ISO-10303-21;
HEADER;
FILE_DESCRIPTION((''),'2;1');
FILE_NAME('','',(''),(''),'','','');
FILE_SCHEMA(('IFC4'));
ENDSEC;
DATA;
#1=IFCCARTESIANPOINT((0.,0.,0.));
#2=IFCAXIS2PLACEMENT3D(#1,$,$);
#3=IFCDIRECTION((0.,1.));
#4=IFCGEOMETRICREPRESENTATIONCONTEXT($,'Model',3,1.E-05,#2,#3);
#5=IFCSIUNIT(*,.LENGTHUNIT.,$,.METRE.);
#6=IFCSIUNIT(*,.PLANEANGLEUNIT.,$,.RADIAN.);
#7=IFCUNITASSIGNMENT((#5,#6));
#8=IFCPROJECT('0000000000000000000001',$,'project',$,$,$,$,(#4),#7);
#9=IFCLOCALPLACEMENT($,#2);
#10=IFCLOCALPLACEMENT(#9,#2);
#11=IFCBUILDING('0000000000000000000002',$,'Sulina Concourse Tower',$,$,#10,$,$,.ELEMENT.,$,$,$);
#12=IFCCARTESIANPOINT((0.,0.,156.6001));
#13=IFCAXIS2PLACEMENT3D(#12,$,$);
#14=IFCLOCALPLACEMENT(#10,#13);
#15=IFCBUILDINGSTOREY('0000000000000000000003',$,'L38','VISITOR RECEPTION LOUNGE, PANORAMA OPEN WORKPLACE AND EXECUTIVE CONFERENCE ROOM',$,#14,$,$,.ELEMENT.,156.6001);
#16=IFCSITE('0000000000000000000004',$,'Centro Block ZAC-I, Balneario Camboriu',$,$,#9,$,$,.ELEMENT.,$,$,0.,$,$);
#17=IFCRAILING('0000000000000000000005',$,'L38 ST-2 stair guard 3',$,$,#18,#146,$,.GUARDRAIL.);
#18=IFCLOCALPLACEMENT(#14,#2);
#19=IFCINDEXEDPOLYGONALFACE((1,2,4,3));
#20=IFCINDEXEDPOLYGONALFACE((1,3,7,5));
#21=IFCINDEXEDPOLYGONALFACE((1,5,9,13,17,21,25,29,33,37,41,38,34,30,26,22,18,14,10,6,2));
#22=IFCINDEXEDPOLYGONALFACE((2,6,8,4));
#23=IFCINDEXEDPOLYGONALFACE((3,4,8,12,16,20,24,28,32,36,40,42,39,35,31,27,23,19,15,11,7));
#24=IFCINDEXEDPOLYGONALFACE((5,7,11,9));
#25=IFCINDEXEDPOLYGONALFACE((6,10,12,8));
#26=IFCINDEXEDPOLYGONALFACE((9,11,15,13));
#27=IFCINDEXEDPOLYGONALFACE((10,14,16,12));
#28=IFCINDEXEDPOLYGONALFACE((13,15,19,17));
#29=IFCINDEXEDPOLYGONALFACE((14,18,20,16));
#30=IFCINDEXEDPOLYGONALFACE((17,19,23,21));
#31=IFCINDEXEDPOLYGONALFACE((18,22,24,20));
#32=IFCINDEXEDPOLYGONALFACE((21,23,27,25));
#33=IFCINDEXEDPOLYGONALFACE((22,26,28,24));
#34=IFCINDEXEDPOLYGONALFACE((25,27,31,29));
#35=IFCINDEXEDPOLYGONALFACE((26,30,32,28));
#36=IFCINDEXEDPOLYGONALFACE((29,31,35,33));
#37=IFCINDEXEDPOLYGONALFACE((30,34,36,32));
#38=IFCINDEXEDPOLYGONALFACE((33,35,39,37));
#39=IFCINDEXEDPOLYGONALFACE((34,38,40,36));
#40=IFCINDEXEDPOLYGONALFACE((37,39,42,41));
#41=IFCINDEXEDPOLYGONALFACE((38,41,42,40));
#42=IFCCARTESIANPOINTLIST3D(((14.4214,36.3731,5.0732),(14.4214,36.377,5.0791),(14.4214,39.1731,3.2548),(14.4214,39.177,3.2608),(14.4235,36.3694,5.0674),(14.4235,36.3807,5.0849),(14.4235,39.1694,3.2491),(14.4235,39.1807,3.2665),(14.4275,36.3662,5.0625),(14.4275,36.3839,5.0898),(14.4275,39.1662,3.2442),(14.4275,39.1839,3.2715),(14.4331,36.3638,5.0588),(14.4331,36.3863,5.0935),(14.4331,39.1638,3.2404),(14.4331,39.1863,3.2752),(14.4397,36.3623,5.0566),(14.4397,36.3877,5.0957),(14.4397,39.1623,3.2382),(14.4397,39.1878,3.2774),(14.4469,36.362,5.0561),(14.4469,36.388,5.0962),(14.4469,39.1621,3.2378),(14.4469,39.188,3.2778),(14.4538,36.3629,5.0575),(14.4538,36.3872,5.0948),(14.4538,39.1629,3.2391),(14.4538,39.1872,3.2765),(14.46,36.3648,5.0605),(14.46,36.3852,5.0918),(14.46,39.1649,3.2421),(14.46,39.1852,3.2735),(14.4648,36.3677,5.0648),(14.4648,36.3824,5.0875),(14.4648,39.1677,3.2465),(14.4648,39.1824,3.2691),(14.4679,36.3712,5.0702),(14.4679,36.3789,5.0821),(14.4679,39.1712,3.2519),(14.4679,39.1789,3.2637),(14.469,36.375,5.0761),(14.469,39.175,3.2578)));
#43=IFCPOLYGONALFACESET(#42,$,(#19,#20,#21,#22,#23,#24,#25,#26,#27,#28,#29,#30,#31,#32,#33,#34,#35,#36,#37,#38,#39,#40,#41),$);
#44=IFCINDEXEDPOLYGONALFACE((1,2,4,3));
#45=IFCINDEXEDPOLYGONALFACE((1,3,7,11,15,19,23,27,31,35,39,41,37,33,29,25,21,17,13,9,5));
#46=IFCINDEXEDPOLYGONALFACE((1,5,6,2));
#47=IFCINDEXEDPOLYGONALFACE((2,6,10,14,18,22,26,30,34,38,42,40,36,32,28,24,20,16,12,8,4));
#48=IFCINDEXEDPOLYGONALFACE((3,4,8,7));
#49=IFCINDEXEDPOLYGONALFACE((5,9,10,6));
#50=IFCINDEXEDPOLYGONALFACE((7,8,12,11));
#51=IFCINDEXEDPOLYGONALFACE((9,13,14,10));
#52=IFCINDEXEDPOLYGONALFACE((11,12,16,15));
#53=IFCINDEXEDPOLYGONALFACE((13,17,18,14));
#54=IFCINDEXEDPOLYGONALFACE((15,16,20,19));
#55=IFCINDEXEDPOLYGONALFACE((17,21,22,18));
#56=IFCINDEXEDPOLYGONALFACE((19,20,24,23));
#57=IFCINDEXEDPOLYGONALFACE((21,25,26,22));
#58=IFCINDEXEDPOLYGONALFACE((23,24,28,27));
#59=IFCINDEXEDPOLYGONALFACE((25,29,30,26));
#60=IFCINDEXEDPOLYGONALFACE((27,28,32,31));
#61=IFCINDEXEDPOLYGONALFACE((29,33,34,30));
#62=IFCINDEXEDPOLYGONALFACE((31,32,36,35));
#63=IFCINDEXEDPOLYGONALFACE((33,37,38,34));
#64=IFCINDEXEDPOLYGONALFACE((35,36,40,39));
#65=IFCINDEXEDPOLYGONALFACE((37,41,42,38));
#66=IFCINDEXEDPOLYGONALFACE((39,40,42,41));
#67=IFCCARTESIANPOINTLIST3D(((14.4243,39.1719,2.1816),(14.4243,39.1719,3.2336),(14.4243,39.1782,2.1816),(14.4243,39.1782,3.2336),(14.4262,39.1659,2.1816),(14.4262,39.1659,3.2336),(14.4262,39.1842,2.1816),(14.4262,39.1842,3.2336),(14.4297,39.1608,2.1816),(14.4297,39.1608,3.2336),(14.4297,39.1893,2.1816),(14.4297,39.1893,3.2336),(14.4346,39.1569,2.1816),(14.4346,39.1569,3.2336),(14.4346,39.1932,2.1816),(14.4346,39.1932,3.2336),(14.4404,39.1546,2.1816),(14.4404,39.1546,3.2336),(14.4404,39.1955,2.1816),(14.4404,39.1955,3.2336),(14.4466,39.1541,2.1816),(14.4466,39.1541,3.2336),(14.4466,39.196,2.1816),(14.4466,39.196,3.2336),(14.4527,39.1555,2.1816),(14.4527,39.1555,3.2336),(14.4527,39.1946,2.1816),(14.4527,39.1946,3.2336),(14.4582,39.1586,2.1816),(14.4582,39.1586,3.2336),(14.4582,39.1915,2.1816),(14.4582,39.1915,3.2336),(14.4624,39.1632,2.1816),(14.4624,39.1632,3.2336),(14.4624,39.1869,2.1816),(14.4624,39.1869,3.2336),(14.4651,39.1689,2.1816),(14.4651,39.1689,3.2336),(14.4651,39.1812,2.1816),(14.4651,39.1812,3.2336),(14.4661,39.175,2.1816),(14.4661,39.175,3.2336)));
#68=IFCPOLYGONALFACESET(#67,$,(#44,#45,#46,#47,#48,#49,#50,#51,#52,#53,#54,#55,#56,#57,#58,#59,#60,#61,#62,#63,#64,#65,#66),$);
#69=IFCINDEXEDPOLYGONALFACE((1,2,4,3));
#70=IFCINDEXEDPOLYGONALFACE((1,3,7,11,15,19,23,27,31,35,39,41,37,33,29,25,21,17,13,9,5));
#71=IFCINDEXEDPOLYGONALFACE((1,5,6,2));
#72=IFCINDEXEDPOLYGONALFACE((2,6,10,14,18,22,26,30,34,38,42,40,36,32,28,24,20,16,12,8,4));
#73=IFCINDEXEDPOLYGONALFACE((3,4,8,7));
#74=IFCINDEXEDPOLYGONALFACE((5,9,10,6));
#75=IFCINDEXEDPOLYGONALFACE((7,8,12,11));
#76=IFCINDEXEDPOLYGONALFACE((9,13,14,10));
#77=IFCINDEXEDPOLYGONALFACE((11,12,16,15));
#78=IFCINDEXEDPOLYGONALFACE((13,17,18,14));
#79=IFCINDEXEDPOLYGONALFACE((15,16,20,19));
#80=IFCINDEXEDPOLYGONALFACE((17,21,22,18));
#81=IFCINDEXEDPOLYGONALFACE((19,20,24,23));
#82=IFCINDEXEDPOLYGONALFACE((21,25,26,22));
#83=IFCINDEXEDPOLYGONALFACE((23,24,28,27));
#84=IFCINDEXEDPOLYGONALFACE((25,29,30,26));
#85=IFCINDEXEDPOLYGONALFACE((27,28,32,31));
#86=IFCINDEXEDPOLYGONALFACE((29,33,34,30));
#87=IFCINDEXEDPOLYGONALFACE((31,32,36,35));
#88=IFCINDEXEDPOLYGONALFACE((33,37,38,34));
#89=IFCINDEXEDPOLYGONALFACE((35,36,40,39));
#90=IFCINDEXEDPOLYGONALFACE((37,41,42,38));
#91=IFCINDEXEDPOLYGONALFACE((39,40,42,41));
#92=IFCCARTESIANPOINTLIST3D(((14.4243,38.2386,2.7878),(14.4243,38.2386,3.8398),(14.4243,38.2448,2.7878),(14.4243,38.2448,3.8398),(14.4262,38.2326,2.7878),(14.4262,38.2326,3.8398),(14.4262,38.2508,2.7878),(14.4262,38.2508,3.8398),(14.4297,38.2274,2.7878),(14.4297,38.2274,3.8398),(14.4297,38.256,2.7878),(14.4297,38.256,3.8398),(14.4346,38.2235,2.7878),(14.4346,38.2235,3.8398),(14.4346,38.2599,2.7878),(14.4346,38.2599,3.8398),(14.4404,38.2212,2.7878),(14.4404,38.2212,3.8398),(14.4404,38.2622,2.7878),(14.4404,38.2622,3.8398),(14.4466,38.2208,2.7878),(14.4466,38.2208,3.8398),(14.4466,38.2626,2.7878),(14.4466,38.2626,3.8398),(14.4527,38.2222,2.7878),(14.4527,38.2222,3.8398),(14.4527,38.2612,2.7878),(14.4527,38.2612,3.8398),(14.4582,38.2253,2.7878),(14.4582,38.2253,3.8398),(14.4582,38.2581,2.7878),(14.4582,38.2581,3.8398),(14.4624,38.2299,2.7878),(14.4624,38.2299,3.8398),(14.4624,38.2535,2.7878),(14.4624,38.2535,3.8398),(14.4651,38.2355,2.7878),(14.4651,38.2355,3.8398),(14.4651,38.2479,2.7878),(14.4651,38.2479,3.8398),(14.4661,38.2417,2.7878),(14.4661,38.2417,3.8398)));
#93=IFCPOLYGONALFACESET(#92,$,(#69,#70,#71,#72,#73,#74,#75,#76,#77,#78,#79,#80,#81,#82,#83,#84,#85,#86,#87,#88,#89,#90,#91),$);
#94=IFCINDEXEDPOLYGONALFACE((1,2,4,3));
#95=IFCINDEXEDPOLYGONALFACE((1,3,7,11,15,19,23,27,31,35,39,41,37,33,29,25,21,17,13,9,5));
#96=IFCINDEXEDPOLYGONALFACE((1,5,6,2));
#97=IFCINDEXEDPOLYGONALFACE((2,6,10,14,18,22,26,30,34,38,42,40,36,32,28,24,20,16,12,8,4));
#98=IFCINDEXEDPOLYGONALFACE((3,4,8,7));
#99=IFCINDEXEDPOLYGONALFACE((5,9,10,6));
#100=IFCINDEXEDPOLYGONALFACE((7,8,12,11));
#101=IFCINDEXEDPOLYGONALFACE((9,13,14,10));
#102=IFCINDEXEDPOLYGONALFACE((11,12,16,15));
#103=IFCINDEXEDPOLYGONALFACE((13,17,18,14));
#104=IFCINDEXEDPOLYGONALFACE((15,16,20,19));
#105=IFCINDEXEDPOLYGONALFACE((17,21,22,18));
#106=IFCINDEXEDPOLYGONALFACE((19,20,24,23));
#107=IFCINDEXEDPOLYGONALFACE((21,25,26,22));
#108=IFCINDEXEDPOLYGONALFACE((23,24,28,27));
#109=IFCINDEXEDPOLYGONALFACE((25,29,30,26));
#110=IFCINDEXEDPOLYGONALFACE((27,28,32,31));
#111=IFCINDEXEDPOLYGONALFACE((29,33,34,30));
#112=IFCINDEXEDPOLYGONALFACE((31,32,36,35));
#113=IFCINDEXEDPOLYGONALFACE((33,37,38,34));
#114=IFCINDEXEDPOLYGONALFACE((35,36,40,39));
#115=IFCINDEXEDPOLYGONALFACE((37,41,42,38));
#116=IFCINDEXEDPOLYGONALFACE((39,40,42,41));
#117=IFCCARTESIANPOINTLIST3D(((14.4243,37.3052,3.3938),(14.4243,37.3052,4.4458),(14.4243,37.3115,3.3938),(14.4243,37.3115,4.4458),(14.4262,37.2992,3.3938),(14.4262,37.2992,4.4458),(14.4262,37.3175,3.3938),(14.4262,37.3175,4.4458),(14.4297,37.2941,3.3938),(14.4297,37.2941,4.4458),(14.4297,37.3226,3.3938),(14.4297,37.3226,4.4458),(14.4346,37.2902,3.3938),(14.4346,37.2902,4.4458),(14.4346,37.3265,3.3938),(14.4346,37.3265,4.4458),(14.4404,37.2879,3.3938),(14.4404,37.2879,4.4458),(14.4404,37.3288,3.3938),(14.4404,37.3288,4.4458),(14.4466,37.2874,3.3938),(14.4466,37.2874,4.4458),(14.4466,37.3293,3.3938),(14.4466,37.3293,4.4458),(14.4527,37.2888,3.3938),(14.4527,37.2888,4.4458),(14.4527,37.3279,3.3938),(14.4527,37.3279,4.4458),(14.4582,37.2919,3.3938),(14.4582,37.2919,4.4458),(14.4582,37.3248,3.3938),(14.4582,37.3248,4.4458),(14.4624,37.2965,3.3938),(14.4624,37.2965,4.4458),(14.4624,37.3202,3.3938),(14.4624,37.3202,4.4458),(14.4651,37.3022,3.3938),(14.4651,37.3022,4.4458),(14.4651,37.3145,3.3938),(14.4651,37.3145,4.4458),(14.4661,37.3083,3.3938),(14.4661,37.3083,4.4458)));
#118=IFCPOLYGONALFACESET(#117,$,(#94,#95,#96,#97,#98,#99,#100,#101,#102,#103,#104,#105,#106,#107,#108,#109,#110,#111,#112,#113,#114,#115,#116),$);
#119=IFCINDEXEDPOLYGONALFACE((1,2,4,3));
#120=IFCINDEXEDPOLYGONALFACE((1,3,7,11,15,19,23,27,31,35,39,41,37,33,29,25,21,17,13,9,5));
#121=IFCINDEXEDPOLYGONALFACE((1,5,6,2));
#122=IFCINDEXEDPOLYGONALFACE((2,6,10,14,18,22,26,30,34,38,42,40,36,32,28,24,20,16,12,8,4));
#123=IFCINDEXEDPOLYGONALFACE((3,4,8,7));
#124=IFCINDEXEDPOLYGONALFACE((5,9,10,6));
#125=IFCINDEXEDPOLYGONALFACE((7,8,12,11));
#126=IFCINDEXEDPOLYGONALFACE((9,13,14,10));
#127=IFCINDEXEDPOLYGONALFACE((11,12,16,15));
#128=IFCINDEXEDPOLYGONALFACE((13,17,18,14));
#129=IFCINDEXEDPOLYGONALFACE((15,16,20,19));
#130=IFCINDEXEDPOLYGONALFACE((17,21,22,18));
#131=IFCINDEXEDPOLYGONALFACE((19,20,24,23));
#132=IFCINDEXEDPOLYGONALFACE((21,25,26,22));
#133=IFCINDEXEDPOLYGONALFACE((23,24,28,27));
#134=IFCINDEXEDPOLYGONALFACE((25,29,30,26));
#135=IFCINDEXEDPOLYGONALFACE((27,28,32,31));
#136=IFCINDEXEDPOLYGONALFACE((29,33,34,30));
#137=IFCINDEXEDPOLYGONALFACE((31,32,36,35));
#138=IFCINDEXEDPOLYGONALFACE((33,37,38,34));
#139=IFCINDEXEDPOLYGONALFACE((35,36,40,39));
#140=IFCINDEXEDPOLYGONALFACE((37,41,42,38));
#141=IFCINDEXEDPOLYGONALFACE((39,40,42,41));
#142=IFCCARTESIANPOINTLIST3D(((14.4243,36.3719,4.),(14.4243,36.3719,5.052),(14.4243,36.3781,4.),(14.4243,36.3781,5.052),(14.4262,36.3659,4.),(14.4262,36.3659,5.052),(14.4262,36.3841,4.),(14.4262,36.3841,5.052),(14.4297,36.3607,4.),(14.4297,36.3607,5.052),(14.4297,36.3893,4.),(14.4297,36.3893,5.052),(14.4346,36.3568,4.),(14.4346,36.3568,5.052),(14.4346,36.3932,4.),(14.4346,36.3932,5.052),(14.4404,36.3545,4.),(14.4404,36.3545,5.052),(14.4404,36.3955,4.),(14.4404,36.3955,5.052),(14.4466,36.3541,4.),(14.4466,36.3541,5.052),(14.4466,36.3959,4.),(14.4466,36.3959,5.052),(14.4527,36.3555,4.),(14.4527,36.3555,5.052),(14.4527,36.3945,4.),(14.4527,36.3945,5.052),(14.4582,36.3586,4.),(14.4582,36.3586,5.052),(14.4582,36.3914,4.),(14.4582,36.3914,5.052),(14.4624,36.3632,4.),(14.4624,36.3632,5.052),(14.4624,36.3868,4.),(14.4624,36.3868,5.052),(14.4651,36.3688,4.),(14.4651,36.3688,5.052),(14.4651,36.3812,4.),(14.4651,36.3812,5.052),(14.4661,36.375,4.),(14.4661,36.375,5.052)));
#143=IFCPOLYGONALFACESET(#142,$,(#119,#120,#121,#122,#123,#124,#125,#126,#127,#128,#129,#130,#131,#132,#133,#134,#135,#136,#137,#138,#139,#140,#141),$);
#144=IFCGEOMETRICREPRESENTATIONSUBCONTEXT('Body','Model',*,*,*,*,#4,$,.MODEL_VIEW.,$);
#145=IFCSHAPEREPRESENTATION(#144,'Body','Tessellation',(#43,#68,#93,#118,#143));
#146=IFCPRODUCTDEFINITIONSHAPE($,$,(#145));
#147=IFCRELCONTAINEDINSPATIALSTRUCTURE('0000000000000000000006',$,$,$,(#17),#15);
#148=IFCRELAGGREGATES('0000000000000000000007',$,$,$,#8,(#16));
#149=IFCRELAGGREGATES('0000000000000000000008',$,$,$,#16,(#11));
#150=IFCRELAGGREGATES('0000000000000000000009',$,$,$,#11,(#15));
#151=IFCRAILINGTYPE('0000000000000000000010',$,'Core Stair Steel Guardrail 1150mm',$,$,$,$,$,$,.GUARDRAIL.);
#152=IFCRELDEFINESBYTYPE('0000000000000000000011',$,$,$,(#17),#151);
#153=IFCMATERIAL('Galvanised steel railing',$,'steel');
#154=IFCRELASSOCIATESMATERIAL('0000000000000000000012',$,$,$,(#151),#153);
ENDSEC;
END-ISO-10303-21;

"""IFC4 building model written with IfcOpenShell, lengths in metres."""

from ifc_helpers import new_model, si_unit, direction, frame, origin, origin_2d, place, context, subcontext, project, spatial, circle, extrude, material, type_object, element, save


model = new_model("IFC4")

# Units and contexts
model_context = context("Model", 3, precision=1e-05, world=origin(), true_north=direction((0.0, 1.0)))
body_context = subcontext(model_context, "Body", "Model", "MODEL_VIEW")
ifc_project = project(units=[si_unit("LENGTHUNIT", "METRE"), si_unit("PLANEANGLEUNIT", "RADIAN")], contexts=[model_context])

# Site, building, storey
site_placement = place(None, origin())
site = spatial("IfcSite", under=ifc_project, at=site_placement, Name="Centro Block ZAC-I, Balneario Camboriu", CompositionType="ELEMENT", RefElevation=0.0)
building_placement = place(site_placement, origin())
building = spatial("IfcBuilding", under=site, at=building_placement, Name="Sulina Concourse Tower", CompositionType="ELEMENT")
storey_placement = place(building_placement, frame((0.0, 0.0, 156.6001)))
storey = spatial("IfcBuildingStorey", under=building, at=storey_placement, Name="L38", Description="VISITOR RECEPTION LOUNGE, PANORAMA OPEN WORKPLACE AND EXECUTIVE CONFERENCE ROOM", CompositionType="ELEMENT", Elevation=156.6001)

# Railing
ifc_material_1 = material(Name="Galvanised steel railing", Category="steel")
railing_type_1 = type_object("IfcRailingType", Name="Core Stair Steel Guardrail 1150mm", PredefinedType="GUARDRAIL", material=ifc_material_1)
railing_1_placement = place(storey_placement, frame((14.4451, 39.175, 2.1816)))
element("IfcRailing", 1, at=railing_1_placement, inside=storey, type_object=railing_type_1, Name="L38 ST-2 stair guard 3", PredefinedType="GUARDRAIL", context=body_context, shape_type="SweptSolid", body=[
    extrude(circle(Radius=0.0239, at=origin_2d()), frame((0.0, 0.0, 1.0762), z_axis=(0.0, -0.838672, 0.544636), x_axis=(1.0, 0.0, 0.0)), (0.0, 0.0, 1.0), 3.3386),
    extrude(circle(Radius=0.021, at=origin_2d()), origin(), (0.0, 0.0, 1.0), 1.052),
    extrude(circle(Radius=0.021, at=origin_2d()), frame((0.0, -0.9333, 0.6062)), (0.0, 0.0, 1.0), 1.052),
    extrude(circle(Radius=0.021, at=origin_2d()), frame((0.0, -1.8667, 1.2122)), (0.0, 0.0, 1.0), 1.052),
    extrude(circle(Radius=0.021, at=origin_2d()), frame((0.0, -2.8, 1.8184)), (0.0, 0.0, 1.0), 1.052),
])

save(model, "model.ifc")
